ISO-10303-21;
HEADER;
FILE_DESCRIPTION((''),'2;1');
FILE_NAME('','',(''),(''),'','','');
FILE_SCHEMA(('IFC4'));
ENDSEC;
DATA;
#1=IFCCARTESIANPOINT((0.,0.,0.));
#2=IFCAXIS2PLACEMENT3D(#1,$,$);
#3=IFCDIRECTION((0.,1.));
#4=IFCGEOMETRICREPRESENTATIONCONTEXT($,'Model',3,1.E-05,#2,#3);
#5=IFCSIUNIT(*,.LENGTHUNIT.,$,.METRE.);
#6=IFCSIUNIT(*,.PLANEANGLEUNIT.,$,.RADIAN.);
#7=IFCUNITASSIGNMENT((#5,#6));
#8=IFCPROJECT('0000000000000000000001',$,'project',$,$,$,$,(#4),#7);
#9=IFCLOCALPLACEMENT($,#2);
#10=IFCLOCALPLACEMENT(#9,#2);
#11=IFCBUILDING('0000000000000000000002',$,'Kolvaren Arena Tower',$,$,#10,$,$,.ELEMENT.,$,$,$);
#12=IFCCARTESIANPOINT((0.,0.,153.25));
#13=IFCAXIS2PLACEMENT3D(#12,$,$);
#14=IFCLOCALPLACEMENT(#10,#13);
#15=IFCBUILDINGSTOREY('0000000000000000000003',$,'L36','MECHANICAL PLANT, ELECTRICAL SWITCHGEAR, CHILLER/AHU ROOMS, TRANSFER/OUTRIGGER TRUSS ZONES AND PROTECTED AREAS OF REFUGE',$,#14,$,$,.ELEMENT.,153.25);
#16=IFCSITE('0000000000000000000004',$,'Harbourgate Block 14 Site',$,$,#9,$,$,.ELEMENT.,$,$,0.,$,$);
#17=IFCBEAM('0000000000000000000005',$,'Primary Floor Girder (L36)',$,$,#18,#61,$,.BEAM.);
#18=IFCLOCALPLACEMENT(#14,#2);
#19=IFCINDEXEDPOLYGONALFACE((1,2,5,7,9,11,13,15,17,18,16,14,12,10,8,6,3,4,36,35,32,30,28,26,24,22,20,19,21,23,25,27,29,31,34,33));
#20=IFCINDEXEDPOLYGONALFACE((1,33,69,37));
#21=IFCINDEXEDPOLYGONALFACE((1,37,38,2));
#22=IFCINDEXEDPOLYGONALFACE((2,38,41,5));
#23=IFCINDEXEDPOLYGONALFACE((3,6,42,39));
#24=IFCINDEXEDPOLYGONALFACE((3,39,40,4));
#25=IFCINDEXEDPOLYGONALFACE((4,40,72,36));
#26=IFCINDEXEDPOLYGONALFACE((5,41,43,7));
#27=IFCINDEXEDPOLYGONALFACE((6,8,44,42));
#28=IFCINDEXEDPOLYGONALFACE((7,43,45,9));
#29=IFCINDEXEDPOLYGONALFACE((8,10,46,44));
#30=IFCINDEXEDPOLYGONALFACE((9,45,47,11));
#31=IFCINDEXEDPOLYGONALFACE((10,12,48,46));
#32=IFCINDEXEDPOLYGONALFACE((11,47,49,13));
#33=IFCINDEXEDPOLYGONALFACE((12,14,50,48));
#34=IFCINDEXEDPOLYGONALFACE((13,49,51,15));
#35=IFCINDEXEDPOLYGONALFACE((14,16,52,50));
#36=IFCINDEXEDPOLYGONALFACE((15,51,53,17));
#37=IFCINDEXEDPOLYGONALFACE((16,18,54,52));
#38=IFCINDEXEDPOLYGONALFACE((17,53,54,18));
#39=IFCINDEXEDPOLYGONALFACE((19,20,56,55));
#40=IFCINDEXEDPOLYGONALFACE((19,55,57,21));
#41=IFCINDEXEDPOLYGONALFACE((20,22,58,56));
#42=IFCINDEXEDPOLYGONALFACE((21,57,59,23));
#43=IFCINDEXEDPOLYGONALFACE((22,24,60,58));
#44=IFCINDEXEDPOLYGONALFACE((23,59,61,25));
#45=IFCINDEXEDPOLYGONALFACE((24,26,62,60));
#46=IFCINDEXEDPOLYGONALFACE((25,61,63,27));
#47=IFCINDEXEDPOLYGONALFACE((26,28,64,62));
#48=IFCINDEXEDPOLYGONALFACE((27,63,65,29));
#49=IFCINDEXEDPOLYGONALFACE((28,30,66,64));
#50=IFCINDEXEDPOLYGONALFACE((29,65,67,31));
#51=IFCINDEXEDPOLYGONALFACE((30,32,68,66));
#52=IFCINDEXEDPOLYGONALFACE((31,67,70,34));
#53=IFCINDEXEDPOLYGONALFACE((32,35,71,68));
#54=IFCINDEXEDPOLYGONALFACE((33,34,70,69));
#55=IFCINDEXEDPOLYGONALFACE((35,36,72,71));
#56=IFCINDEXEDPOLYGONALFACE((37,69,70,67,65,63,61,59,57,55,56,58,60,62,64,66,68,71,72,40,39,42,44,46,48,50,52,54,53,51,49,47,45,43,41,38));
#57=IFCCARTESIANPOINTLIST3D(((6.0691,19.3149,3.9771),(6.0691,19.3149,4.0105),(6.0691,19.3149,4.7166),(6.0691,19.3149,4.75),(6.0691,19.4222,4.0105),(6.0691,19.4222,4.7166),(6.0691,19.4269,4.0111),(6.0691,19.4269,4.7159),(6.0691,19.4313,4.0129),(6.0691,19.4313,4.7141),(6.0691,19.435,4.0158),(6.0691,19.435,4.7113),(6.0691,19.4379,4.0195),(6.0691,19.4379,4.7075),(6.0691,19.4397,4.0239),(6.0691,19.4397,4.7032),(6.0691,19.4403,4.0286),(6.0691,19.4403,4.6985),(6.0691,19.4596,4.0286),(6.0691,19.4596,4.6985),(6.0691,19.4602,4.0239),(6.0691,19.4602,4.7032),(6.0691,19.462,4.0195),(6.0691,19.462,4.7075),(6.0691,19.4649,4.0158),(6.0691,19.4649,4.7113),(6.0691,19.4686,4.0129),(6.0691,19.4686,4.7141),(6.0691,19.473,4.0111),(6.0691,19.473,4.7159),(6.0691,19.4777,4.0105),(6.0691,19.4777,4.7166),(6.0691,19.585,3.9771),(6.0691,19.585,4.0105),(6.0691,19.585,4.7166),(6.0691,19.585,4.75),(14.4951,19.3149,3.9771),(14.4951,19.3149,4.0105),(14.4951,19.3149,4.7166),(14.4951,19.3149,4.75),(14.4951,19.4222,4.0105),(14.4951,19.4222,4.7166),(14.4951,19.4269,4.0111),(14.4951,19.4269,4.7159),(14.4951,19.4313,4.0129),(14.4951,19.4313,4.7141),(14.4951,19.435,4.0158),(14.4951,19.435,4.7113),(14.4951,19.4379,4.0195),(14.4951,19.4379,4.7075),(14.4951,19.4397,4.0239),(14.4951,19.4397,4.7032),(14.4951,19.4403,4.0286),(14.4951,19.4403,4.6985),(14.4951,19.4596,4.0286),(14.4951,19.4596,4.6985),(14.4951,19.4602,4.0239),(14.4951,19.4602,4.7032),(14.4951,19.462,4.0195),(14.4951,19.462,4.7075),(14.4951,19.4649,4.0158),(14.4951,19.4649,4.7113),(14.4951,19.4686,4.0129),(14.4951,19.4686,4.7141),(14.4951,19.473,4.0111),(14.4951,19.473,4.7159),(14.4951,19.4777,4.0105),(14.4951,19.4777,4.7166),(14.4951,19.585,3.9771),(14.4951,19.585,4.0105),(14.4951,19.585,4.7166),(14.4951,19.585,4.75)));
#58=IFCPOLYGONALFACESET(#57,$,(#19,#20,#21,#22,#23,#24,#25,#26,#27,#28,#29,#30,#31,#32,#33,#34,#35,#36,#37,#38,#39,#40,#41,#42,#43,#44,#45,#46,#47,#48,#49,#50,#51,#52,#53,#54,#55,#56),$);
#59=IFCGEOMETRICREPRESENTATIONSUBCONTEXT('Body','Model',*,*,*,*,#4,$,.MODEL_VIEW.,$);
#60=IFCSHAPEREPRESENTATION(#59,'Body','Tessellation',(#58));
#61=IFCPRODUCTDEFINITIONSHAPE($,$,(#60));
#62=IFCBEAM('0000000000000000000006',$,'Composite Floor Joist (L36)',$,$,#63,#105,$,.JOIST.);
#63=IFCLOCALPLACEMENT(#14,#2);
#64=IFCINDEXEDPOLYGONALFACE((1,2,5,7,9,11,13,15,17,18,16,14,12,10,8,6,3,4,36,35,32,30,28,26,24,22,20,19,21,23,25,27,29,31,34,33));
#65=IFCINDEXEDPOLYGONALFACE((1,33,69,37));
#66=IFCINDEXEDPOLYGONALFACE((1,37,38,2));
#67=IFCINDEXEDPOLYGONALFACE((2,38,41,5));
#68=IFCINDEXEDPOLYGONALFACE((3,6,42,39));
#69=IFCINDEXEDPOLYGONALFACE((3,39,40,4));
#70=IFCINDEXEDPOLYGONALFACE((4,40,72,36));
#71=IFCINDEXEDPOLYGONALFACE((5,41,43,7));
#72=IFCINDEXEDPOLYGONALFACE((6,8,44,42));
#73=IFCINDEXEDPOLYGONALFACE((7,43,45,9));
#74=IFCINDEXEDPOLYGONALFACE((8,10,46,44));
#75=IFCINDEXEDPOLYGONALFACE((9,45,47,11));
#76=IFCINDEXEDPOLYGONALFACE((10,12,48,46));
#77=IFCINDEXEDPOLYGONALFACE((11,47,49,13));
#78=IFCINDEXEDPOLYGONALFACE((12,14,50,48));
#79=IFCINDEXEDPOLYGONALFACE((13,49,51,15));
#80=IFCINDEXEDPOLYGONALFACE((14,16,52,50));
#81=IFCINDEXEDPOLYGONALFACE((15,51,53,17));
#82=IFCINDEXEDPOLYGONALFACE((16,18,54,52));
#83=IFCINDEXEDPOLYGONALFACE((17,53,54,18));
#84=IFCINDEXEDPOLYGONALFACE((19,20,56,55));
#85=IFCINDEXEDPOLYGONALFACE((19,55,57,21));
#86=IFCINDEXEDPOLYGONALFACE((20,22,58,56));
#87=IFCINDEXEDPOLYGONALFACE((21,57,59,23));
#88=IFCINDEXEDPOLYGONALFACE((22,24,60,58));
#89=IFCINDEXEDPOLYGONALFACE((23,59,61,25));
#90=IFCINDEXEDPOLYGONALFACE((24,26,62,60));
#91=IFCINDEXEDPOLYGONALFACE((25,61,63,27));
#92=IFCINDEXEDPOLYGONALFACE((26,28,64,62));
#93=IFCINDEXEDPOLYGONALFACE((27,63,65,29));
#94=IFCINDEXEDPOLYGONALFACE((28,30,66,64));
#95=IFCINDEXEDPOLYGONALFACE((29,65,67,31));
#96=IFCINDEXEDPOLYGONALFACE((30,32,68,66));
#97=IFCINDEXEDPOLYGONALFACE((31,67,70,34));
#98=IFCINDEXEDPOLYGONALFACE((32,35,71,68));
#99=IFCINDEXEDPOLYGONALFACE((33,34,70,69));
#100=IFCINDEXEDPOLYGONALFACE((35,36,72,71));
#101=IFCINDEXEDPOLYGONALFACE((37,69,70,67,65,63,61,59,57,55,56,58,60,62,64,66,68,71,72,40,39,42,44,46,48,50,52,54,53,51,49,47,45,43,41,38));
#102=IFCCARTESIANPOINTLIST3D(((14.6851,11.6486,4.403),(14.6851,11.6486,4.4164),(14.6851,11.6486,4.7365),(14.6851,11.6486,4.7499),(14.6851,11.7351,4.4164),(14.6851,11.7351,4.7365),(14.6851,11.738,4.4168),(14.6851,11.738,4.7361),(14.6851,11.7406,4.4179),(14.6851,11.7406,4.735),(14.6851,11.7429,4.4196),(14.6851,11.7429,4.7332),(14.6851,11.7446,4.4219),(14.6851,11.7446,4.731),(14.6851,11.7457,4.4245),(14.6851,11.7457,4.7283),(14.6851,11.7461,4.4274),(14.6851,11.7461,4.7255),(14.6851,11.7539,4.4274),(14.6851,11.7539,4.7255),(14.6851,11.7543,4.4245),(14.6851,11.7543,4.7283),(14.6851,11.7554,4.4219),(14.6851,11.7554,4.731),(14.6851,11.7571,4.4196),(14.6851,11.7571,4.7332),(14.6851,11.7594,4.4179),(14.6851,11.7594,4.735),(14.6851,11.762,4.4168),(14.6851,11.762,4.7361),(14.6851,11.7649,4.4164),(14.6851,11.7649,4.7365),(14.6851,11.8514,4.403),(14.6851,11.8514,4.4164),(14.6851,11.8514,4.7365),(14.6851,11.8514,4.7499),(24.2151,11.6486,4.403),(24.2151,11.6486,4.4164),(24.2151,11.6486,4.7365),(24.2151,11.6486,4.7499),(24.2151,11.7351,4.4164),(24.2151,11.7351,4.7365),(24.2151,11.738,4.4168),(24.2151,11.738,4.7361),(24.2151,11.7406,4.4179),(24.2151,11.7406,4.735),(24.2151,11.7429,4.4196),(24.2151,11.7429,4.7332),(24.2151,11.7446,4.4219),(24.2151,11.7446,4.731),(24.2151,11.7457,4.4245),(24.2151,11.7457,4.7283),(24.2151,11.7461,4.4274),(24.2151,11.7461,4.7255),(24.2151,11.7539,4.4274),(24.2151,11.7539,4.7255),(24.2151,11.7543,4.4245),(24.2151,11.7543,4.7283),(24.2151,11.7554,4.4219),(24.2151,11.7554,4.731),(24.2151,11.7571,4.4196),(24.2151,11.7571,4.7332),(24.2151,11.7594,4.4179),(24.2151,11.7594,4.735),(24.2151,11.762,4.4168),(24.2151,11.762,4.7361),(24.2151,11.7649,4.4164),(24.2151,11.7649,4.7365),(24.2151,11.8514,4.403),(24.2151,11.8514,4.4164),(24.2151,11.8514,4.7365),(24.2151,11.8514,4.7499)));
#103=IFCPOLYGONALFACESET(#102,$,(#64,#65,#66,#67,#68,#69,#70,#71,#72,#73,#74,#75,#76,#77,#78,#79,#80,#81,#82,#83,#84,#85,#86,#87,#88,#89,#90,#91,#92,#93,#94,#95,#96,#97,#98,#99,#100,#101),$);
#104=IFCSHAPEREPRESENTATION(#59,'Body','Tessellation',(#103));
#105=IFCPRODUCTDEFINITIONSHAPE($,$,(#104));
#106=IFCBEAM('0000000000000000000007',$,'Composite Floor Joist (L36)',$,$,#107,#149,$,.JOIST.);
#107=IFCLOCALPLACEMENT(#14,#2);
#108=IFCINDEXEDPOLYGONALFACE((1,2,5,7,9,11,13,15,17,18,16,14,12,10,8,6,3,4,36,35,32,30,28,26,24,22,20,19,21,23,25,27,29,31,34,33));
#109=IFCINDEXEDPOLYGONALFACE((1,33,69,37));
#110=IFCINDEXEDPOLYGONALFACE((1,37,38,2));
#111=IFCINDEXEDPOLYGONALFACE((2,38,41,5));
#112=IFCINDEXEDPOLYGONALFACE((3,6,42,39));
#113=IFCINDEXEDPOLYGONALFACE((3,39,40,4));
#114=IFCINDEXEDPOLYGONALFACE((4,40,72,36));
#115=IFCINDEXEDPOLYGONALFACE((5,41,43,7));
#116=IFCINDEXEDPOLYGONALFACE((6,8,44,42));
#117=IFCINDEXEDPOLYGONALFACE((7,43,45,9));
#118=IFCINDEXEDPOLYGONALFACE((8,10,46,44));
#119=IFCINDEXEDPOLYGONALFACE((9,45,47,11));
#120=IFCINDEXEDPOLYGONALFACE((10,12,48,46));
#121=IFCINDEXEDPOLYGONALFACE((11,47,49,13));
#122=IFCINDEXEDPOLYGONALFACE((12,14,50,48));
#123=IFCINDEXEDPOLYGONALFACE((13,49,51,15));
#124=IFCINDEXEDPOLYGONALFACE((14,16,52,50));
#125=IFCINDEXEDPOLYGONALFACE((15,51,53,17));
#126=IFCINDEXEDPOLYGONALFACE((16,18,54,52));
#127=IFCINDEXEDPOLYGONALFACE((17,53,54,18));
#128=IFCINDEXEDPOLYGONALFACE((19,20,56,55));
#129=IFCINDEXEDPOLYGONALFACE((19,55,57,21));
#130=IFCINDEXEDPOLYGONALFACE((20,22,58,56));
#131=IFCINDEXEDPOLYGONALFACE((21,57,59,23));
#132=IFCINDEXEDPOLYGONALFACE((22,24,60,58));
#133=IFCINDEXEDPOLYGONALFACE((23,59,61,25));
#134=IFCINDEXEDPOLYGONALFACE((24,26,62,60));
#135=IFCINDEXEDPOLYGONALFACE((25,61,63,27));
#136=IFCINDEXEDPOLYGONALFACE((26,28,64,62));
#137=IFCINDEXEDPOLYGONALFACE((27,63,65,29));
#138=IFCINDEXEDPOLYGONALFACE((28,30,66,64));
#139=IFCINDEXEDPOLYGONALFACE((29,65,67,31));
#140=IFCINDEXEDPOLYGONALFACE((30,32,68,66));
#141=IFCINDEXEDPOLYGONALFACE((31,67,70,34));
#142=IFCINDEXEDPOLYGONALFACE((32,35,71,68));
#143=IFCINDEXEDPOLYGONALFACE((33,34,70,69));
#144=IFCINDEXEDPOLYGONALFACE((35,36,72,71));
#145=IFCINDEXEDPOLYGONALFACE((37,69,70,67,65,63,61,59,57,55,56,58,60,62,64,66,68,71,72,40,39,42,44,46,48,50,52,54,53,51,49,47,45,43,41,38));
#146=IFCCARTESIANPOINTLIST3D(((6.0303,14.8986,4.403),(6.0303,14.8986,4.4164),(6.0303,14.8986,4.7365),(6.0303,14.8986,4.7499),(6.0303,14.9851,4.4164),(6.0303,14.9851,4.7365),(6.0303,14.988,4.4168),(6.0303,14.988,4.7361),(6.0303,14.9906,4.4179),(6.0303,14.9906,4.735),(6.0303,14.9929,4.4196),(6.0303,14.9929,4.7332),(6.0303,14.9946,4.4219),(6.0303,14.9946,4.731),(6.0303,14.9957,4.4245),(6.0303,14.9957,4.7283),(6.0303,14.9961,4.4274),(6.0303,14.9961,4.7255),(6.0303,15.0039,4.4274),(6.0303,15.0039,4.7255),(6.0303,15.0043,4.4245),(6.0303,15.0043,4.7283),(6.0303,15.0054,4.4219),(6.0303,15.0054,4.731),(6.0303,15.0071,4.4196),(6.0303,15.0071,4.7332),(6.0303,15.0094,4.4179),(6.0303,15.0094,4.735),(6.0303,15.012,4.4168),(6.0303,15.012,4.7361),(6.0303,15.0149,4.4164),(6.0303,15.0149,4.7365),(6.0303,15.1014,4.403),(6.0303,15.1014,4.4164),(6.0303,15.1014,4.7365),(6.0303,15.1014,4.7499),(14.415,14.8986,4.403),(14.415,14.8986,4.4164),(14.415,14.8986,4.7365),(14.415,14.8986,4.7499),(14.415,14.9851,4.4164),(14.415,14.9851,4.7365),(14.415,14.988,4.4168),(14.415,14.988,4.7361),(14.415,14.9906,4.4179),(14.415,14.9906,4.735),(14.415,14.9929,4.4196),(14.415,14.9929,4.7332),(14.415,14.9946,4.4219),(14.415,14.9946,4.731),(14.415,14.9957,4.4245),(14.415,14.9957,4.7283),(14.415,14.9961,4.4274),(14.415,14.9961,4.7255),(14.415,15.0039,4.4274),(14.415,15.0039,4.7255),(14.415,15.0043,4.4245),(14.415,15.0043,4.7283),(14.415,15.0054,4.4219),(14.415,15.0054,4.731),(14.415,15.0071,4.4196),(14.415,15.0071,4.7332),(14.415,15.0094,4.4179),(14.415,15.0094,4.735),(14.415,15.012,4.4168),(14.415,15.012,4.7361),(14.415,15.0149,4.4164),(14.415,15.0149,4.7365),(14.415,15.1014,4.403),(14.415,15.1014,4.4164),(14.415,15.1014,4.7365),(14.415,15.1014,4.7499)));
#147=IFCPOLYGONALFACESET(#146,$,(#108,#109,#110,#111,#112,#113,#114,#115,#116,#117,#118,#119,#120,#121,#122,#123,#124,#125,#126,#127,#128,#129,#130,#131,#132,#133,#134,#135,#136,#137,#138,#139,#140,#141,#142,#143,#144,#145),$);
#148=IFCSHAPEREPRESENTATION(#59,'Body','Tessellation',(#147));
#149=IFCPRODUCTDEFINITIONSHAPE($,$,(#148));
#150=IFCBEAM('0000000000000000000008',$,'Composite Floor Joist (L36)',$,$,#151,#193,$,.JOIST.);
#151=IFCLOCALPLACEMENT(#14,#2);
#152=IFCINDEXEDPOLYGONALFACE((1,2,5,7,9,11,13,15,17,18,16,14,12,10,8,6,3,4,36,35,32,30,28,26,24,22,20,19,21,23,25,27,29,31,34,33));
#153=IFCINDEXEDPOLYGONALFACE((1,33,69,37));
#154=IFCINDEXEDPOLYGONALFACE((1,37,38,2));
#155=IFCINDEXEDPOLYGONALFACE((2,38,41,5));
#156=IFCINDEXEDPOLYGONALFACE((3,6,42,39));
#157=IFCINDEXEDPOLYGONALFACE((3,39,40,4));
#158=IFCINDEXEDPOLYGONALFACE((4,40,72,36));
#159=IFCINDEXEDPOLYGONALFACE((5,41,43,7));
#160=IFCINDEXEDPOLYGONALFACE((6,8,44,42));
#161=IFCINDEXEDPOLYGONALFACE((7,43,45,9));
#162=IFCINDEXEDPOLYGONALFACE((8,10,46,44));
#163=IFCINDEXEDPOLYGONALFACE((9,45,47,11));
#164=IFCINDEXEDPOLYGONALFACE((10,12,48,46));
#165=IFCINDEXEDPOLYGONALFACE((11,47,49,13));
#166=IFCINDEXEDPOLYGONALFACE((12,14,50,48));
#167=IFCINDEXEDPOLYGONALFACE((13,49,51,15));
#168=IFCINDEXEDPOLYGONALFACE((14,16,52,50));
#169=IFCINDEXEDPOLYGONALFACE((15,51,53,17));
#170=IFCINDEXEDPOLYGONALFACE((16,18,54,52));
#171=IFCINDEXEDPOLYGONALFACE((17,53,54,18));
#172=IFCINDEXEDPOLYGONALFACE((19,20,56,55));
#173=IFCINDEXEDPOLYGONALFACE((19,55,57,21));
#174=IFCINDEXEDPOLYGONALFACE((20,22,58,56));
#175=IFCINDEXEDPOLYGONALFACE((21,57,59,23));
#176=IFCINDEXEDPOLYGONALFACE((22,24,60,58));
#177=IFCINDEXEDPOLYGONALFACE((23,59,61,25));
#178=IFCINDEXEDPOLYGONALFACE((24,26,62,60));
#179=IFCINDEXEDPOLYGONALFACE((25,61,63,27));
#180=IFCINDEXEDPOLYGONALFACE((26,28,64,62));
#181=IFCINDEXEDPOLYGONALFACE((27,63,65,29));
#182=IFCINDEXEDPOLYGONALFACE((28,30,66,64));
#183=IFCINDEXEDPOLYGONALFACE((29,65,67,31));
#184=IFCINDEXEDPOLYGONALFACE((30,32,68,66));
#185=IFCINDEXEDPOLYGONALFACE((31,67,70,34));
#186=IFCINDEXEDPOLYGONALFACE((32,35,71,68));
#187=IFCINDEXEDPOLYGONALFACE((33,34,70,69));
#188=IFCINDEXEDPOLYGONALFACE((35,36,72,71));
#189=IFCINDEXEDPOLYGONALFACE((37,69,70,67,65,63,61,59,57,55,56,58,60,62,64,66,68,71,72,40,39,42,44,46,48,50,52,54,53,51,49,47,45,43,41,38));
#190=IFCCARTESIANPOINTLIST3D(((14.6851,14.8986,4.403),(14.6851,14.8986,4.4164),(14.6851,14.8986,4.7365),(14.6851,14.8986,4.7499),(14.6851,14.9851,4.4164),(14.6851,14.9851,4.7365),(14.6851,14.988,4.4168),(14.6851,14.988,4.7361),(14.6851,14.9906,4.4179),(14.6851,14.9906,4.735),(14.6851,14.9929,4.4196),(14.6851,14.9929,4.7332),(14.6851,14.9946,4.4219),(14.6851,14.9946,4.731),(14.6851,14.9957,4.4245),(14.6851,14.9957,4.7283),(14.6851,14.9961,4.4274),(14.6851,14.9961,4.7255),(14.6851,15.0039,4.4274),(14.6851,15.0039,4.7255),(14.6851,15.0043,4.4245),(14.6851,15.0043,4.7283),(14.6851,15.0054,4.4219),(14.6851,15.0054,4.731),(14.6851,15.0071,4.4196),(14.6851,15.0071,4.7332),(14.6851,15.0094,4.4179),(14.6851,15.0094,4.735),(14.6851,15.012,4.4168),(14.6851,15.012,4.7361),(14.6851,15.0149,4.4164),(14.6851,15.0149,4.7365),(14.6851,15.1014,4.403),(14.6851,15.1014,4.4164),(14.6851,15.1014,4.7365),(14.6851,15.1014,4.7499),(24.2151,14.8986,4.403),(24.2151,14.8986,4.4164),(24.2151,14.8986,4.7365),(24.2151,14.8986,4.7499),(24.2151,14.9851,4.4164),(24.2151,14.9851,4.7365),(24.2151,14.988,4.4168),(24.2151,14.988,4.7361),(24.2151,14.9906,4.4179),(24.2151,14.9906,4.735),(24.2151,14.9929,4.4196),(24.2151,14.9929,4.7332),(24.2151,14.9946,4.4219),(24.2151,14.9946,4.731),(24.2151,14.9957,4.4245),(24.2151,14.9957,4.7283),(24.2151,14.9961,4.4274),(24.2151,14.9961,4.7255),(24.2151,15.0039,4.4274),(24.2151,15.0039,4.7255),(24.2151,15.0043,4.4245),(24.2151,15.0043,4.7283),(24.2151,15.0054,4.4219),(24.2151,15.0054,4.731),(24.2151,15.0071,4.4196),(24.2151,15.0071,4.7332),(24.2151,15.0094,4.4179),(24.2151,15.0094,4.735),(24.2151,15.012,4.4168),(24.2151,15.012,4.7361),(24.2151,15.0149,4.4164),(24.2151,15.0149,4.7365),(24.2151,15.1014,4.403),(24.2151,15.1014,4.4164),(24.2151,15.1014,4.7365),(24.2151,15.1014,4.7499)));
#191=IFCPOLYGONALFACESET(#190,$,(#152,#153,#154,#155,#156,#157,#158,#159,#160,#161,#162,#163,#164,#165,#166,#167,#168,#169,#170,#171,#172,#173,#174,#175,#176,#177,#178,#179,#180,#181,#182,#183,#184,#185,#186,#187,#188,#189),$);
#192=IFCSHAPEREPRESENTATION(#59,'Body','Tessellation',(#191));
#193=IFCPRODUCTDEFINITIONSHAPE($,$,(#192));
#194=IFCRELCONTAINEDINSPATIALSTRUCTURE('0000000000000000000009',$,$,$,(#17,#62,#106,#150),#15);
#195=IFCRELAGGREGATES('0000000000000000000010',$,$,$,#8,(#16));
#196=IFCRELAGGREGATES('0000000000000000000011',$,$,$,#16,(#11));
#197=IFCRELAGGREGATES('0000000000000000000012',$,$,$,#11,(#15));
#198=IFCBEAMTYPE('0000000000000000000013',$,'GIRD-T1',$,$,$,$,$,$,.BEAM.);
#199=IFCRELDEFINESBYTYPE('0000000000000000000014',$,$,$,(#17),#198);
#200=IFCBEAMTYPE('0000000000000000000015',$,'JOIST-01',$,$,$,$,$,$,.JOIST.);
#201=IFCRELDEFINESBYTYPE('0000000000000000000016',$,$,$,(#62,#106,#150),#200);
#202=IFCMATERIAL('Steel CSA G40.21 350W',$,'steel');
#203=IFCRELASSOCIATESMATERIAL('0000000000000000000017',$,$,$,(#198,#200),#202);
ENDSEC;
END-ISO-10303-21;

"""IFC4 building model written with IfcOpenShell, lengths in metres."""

from ifc_helpers import new_model, si_unit, direction, frame, origin, origin_2d, place, context, subcontext, project, spatial, i_section, extrude, material, material_profile, profile_set, type_object, element, save


model = new_model("IFC4")

# Units and contexts
model_context = context("Model", 3, precision=1e-05, world=origin(), true_north=direction((0.0, 1.0)))
body_context = subcontext(model_context, "Body", "Model", "MODEL_VIEW")
ifc_project = project(units=[si_unit("LENGTHUNIT", "METRE"), si_unit("PLANEANGLEUNIT", "RADIAN")], contexts=[model_context])

# Site, building, storey
site_placement = place(None, origin())
site = spatial("IfcSite", under=ifc_project, at=site_placement, Name="Harbourgate Block 14 Site", CompositionType="ELEMENT", RefElevation=0.0)
building_placement = place(site_placement, origin())
building = spatial("IfcBuilding", under=site, at=building_placement, Name="Kolvaren Arena Tower", CompositionType="ELEMENT")
storey_placement = place(building_placement, frame((0.0, 0.0, 153.25)))
storey = spatial("IfcBuildingStorey", under=building, at=storey_placement, Name="L36", Description="MECHANICAL PLANT, ELECTRICAL SWITCHGEAR, CHILLER/AHU ROOMS, TRANSFER/OUTRIGGER TRUSS ZONES AND PROTECTED AREAS OF REFUGE", CompositionType="ELEMENT", Elevation=153.25)

# Beams
ifc_material_1 = material(Name="Steel CSA G40.21 350W", Category="steel")
ifc_material_profile_1 = material_profile(ifc_material_1, i_section(OverallWidth=0.27, OverallDepth=0.7729, WebThickness=0.0193, FlangeThickness=0.0334, FilletRadius=0.0181, at=origin_2d()), Name="W760x257")
ifc_profile_set_1 = profile_set([ifc_material_profile_1], Name="Steel CSA G40.21 350W")
beam_type_1 = type_object("IfcBeamType", Name="GIRD-T1", PredefinedType="BEAM", material=ifc_profile_set_1)
beam_1_placement = place(storey_placement, frame((6.0691, 19.45, 4.3635), z_axis=(1.0, 0.0, 0.0), x_axis=(0.0, 1.0, 0.0)))
element("IfcBeam", 1, at=beam_1_placement, inside=storey, type_object=beam_type_1, Name="Primary Floor Girder (L36)", PredefinedType="BEAM", context=body_context, shape_type="SweptSolid", body=[
    extrude(i_section(OverallWidth=0.27, OverallDepth=0.7729, WebThickness=0.0193, FlangeThickness=0.0334, FilletRadius=0.0181, at=origin_2d()), origin(), (0.0, 0.0, 1.0), 8.426),
])
ifc_material_profile_2 = material_profile(ifc_material_1, i_section(OverallWidth=0.2029, OverallDepth=0.3469, WebThickness=0.0078, FlangeThickness=0.0134, FilletRadius=0.011, at=origin_2d()), Name="W360x64")
ifc_profile_set_2 = profile_set([ifc_material_profile_2], Name="Steel CSA G40.21 350W")
beam_type_2 = type_object("IfcBeamType", Name="JOIST-01", PredefinedType="JOIST", material=ifc_profile_set_2)
beam_2_placement = place(storey_placement, frame((14.6851, 11.75, 4.5764), z_axis=(1.0, 0.0, 0.0), x_axis=(0.0, 1.0, 0.0)))
element("IfcBeam", 2, at=beam_2_placement, inside=storey, type_object=beam_type_2, Name="Composite Floor Joist (L36)", PredefinedType="JOIST", context=body_context, shape_type="SweptSolid", body=[
    extrude(i_section(OverallWidth=0.2029, OverallDepth=0.3469, WebThickness=0.0078, FlangeThickness=0.0134, FilletRadius=0.011, at=origin_2d()), origin(), (0.0, 0.0, 1.0), 9.53),
])
beam_3_placement = place(storey_placement, frame((6.0303, 15.0, 4.5764), z_axis=(1.0, 0.0, 0.0), x_axis=(0.0, 1.0, 0.0)))
element("IfcBeam", 3, at=beam_3_placement, inside=storey, type_object=beam_type_2, Name="Composite Floor Joist (L36)", PredefinedType="JOIST", context=body_context, shape_type="SweptSolid", body=[
    extrude(i_section(OverallWidth=0.2029, OverallDepth=0.3469, WebThickness=0.0078, FlangeThickness=0.0134, FilletRadius=0.011, at=origin_2d()), origin(), (0.0, 0.0, 1.0), 8.3848),
])
beam_4_placement = place(storey_placement, frame((14.6851, 15.0, 4.5764), z_axis=(1.0, 0.0, 0.0), x_axis=(0.0, 1.0, 0.0)))
element("IfcBeam", 4, at=beam_4_placement, inside=storey, type_object=beam_type_2, Name="Composite Floor Joist (L36)", PredefinedType="JOIST", context=body_context, shape_type="SweptSolid", body=[
    extrude(i_section(OverallWidth=0.2029, OverallDepth=0.3469, WebThickness=0.0078, FlangeThickness=0.0134, FilletRadius=0.011, at=origin_2d()), origin(), (0.0, 0.0, 1.0), 9.53),
])

save(model, "model.ifc")
